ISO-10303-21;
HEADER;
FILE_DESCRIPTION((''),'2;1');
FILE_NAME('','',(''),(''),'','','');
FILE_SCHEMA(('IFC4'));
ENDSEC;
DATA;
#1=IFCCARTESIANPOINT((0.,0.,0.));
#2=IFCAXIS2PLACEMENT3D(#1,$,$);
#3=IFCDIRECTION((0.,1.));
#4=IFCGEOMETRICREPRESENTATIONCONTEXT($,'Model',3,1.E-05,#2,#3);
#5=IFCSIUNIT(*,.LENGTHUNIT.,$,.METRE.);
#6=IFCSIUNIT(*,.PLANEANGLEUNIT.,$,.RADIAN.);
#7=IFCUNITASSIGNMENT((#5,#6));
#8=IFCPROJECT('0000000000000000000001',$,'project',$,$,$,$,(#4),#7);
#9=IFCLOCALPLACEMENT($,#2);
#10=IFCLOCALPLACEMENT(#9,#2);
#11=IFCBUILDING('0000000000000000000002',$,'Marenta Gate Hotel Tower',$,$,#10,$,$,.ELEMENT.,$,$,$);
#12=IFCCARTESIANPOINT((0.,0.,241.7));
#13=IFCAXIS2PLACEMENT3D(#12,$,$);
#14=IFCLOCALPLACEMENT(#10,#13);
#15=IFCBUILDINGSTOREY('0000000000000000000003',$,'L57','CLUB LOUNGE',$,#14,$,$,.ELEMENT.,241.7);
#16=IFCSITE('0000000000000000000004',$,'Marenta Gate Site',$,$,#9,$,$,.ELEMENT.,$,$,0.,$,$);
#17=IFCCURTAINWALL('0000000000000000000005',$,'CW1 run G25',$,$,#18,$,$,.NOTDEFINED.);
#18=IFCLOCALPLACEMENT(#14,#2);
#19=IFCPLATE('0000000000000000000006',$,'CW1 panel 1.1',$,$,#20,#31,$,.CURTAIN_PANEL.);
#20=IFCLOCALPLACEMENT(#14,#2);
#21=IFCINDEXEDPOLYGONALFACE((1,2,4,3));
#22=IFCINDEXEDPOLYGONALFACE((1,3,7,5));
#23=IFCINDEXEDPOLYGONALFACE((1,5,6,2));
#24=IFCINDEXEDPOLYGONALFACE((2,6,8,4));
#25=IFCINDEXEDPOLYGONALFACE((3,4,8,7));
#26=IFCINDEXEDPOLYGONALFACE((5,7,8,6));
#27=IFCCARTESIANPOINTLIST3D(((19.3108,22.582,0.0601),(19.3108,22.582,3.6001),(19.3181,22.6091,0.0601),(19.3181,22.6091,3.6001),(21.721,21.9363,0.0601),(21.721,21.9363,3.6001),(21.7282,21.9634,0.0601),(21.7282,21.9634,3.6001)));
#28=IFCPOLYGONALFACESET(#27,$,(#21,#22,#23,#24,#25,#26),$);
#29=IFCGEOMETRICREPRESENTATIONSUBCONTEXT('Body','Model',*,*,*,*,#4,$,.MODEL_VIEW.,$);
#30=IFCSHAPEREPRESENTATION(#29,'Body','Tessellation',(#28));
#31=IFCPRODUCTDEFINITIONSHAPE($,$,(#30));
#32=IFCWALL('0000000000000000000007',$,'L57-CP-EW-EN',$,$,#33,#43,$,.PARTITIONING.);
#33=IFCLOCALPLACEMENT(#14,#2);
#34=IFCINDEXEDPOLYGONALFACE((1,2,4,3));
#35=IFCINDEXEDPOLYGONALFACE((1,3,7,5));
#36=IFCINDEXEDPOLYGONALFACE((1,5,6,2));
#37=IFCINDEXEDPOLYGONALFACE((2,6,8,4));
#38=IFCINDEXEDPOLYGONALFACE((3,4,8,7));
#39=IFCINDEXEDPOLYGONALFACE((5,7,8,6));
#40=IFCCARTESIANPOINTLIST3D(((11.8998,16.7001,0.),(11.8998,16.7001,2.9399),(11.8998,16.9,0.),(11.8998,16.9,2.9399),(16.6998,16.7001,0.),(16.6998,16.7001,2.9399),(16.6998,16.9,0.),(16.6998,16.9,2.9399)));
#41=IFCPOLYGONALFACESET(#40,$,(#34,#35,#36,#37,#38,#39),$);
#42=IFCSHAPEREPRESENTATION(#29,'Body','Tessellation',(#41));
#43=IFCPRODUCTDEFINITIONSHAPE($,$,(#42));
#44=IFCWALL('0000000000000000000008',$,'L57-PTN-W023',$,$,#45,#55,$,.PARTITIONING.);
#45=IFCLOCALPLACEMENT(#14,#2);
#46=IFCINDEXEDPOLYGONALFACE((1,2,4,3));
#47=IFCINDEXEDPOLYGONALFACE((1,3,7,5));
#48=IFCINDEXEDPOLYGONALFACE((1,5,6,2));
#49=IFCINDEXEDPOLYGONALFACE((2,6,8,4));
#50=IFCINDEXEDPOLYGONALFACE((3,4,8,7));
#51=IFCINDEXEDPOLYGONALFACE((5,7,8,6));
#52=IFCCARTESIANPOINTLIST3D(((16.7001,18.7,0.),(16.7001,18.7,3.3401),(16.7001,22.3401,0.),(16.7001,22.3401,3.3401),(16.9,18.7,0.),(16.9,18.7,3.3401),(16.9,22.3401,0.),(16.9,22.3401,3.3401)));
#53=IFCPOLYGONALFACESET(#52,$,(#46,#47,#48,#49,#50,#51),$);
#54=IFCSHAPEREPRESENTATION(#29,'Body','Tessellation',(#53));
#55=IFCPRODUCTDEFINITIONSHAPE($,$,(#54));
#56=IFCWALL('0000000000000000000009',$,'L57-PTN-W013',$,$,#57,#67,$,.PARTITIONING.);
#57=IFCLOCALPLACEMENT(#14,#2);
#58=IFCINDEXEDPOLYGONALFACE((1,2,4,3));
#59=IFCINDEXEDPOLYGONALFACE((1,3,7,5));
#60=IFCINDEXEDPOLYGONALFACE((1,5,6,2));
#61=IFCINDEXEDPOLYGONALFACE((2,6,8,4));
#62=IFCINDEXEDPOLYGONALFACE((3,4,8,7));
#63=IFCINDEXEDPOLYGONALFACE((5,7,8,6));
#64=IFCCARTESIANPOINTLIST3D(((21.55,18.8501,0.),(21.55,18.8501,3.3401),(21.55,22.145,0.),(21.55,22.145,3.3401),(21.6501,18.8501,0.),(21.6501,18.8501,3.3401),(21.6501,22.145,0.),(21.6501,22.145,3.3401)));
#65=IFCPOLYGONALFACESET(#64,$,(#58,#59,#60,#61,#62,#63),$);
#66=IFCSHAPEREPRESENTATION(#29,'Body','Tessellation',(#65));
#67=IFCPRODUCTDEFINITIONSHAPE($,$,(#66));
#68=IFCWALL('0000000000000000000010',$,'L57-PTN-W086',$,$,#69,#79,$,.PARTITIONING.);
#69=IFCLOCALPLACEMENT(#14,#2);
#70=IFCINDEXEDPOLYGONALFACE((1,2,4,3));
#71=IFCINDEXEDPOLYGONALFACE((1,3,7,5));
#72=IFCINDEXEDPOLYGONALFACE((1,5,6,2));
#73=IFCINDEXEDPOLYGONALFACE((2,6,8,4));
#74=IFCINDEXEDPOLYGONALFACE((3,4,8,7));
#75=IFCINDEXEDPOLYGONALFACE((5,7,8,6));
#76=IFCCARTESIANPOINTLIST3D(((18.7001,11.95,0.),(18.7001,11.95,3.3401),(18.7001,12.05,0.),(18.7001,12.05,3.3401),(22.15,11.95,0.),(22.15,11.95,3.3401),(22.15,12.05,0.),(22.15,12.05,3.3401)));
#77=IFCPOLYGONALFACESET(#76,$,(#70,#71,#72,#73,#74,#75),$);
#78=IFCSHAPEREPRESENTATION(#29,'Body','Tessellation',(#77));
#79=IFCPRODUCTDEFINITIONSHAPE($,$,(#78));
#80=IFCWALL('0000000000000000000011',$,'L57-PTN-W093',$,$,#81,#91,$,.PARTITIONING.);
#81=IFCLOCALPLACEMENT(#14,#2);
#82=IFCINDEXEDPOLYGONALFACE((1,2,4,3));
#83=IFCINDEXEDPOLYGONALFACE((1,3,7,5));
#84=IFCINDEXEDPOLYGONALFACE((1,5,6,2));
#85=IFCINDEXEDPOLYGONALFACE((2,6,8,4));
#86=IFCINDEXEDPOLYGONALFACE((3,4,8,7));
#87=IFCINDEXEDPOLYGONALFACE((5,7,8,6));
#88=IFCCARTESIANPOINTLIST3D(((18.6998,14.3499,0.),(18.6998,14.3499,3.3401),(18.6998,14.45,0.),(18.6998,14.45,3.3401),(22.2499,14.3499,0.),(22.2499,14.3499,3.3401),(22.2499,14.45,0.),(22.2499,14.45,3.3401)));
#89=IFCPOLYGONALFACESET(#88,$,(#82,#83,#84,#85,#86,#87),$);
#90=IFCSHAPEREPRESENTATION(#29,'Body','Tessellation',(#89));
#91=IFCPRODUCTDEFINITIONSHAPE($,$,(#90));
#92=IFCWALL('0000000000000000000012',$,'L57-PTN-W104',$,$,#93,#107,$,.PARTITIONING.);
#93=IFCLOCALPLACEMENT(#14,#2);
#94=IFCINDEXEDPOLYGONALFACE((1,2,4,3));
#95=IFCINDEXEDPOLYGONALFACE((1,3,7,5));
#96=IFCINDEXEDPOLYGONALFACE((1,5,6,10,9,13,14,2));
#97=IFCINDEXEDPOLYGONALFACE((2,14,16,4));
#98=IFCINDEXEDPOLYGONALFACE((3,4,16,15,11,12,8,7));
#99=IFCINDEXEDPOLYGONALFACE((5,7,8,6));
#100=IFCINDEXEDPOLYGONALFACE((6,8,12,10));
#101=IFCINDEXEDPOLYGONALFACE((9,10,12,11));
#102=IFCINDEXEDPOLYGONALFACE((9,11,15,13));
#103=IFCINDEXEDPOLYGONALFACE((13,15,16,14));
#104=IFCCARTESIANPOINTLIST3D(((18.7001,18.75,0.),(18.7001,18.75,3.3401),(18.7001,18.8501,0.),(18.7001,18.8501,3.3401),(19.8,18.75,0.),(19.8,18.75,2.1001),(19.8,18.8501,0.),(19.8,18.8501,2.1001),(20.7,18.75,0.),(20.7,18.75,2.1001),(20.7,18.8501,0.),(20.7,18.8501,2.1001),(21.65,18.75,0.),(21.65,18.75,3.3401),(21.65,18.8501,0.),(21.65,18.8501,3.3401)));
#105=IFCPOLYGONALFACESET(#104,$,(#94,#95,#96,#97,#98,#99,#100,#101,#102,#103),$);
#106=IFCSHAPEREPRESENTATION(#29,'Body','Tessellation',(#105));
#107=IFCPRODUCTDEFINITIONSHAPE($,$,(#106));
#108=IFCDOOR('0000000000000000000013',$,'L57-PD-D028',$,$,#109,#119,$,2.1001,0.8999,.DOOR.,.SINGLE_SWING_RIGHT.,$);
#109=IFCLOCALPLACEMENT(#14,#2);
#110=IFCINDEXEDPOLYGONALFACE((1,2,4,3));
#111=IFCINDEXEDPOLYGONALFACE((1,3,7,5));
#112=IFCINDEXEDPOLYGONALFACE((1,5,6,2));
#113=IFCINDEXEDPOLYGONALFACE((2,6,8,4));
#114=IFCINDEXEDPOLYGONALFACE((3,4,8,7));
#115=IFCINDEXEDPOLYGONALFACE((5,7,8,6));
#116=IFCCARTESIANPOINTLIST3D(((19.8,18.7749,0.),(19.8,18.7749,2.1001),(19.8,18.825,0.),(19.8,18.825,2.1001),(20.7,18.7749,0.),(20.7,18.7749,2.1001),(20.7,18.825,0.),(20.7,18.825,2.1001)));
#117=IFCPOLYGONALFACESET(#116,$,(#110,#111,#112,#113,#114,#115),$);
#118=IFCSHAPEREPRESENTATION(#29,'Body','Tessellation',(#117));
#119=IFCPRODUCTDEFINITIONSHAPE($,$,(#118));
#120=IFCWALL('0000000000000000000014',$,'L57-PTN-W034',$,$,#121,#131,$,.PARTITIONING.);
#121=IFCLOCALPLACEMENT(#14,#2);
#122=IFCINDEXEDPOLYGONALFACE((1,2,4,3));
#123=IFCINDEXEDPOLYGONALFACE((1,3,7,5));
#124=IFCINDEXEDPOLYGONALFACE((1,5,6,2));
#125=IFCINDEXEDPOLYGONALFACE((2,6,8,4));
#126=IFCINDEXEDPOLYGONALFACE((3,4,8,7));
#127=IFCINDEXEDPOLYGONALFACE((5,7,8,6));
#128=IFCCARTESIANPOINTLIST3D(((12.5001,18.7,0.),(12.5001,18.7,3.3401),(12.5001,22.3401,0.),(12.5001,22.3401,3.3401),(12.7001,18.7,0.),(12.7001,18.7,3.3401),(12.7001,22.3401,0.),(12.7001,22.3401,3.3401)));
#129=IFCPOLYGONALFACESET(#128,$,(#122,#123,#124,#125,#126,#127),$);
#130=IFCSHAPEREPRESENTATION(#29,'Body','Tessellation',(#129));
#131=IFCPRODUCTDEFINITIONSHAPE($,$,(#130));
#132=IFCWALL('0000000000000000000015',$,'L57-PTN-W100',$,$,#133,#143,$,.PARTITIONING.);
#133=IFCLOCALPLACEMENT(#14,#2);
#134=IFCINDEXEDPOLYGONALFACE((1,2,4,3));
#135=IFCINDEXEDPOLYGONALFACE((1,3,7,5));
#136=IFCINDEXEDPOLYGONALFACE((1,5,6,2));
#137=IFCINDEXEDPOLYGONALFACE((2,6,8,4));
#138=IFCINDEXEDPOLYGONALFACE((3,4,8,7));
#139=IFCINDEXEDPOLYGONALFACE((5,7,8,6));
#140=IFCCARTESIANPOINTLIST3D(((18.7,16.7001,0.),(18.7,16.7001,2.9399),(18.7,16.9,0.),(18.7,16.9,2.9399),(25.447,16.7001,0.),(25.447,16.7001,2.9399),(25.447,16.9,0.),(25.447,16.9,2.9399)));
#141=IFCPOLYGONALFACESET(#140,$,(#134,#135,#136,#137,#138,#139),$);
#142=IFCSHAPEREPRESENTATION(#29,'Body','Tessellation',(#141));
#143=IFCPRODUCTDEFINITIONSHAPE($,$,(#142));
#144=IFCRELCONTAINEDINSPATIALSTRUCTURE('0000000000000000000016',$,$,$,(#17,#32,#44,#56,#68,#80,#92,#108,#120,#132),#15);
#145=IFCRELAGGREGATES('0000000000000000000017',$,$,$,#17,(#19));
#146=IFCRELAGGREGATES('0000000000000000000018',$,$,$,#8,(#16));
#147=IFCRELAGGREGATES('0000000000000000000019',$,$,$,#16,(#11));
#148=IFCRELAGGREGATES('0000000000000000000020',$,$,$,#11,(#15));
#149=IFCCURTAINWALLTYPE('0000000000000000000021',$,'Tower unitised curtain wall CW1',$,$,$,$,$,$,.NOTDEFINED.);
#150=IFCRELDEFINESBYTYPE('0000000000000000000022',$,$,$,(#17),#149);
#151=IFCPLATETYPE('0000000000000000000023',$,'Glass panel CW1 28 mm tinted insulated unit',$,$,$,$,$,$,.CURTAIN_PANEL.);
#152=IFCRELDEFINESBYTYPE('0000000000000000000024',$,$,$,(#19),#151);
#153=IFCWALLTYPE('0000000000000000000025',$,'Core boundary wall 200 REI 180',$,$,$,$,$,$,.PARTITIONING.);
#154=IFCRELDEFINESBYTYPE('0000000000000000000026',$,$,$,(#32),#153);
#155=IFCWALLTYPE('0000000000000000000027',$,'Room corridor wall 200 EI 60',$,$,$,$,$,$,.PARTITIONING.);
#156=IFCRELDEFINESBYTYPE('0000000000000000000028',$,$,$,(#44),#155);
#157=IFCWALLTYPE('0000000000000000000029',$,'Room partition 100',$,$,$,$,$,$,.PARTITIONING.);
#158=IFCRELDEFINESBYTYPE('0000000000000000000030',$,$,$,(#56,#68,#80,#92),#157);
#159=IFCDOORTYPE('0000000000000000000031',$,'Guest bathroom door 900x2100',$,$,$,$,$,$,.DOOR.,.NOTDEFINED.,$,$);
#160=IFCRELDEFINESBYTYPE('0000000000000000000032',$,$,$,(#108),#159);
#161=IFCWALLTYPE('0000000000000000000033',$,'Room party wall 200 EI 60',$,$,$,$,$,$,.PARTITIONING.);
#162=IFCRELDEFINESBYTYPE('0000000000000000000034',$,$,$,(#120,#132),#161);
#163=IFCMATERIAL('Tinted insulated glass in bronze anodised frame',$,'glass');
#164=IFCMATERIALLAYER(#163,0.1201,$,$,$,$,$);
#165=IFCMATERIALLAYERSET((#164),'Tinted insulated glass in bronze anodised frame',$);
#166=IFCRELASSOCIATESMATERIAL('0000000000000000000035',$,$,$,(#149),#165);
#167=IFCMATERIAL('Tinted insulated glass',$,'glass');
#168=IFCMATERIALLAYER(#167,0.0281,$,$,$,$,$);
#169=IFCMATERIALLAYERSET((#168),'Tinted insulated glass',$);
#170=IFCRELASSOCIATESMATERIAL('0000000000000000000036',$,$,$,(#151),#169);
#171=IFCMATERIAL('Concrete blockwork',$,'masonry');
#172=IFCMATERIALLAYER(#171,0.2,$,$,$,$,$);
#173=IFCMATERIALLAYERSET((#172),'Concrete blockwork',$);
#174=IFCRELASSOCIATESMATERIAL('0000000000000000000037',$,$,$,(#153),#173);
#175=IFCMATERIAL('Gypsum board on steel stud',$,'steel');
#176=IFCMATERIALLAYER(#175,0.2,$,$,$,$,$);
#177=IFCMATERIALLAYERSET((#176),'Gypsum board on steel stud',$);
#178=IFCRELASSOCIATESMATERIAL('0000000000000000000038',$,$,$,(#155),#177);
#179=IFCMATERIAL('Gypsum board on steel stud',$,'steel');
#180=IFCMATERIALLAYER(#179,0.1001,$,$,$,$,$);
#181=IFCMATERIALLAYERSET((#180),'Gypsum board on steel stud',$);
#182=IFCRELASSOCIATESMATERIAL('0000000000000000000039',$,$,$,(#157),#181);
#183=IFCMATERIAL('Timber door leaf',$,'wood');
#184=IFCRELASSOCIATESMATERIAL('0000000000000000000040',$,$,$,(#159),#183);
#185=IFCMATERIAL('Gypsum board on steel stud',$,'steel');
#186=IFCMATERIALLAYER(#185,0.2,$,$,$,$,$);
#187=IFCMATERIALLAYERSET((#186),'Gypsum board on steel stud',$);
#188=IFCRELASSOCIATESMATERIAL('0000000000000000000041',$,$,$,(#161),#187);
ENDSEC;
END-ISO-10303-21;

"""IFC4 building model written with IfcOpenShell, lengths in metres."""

from ifc_helpers import new_model, si_unit, direction, frame, frame_2d, origin, origin_2d, place, context, subcontext, project, spatial, rectangle, extrude, material, layer, layer_set, type_object, element, fill, aggregate, save


model = new_model("IFC4")

# Units and contexts
model_context = context("Model", 3, precision=1e-05, world=origin(), true_north=direction((0.0, 1.0)))
body_context = subcontext(model_context, "Body", "Model", "MODEL_VIEW")
ifc_project = project(units=[si_unit("LENGTHUNIT", "METRE"), si_unit("PLANEANGLEUNIT", "RADIAN")], contexts=[model_context])

# Site, building, storey
site_placement = place(None, origin())
site = spatial("IfcSite", under=ifc_project, at=site_placement, Name="Marenta Gate Site", CompositionType="ELEMENT", RefElevation=0.0)
building_placement = place(site_placement, origin())
building = spatial("IfcBuilding", under=site, at=building_placement, Name="Marenta Gate Hotel Tower", CompositionType="ELEMENT")
storey_placement = place(building_placement, frame((0.0, 0.0, 241.7)))
storey = spatial("IfcBuildingStorey", under=building, at=storey_placement, Name="L57", Description="CLUB LOUNGE", CompositionType="ELEMENT", Elevation=241.7)

# Curtain wall, plate
ifc_material_1 = material(Name="Tinted insulated glass in bronze anodised frame", Category="glass")
ifc_layer_1 = layer(ifc_material_1, 0.1201)
ifc_layer_set_1 = layer_set([ifc_layer_1], Name="Tinted insulated glass in bronze anodised frame")
curtain_wall_type = type_object("IfcCurtainWallType", Name="Tower unitised curtain wall CW1", PredefinedType="NOTDEFINED", material=ifc_layer_set_1)
curtain_wall_placement = place(storey_placement, origin())
curtain_wall = element("IfcCurtainWall", 1, at=curtain_wall_placement, inside=storey, type_object=curtain_wall_type, Name="CW1 run G25", PredefinedType="NOTDEFINED")
ifc_material_2 = material(Name="Tinted insulated glass", Category="glass")
ifc_layer_2 = layer(ifc_material_2, 0.0281)
ifc_layer_set_2 = layer_set([ifc_layer_2], Name="Tinted insulated glass")
plate_type = type_object("IfcPlateType", Name="Glass panel CW1 28 mm tinted insulated unit", PredefinedType="CURTAIN_PANEL", material=ifc_layer_set_2)
plate_placement = place(storey_placement, frame((20.5195, 22.2727, 0.0601), z_axis=(0.0, 0.0, 1.0), x_axis=(-0.96593, 0.258805, 0.0)))
plate = element("IfcPlate", 2, at=plate_placement, type_object=plate_type, Name="CW1 panel 1.1", PredefinedType="CURTAIN_PANEL", context=body_context, shape_type="SweptSolid", body=[
    extrude(rectangle(XDim=2.4951, YDim=0.0281, at=origin_2d()), origin(), (0.0, 0.0, 1.0), 3.54),
])
aggregate(curtain_wall, [plate])

# Walls
ifc_material_3 = material(Name="Concrete blockwork", Category="masonry")
ifc_layer_3 = layer(ifc_material_3, 0.2)
ifc_layer_set_3 = layer_set([ifc_layer_3], Name="Concrete blockwork")
wall_type_1 = type_object("IfcWallType", Name="Core boundary wall 200 REI 180", PredefinedType="PARTITIONING", material=ifc_layer_set_3)
wall_1_placement = place(storey_placement, frame((11.8999, 16.8, 0.0), z_axis=(0.0, 0.0, 1.0), x_axis=(1.0, 0.0, 0.0)))
element("IfcWall", 3, at=wall_1_placement, inside=storey, type_object=wall_type_1, Name="L57-CP-EW-EN", PredefinedType="PARTITIONING", context=body_context, shape_type="SweptSolid", body=[
    extrude(rectangle(XDim=4.8, YDim=0.2, at=frame_2d((2.3999, 0.0))), origin(), (0.0, 0.0, 1.0), 2.9399),
])
ifc_material_4 = material(Name="Gypsum board on steel stud", Category="steel")
ifc_layer_4 = layer(ifc_material_4, 0.2)
ifc_layer_set_4 = layer_set([ifc_layer_4], Name="Gypsum board on steel stud")
wall_type_2 = type_object("IfcWallType", Name="Room corridor wall 200 EI 60", PredefinedType="PARTITIONING", material=ifc_layer_set_4)
wall_2_placement = place(storey_placement, frame((16.8, 18.7, 0.0), z_axis=(0.0, 0.0, 1.0), x_axis=(0.0, 1.0, 0.0)))
element("IfcWall", 4, at=wall_2_placement, inside=storey, type_object=wall_type_2, Name="L57-PTN-W023", PredefinedType="PARTITIONING", context=body_context, shape_type="SweptSolid", body=[
    extrude(rectangle(XDim=3.6401, YDim=0.2, at=frame_2d((1.8201, 0.0))), origin(), (0.0, 0.0, 1.0), 3.3401),
])
ifc_material_5 = material(Name="Gypsum board on steel stud", Category="steel")
ifc_layer_5 = layer(ifc_material_5, 0.1001)
ifc_layer_set_5 = layer_set([ifc_layer_5], Name="Gypsum board on steel stud")
wall_type_3 = type_object("IfcWallType", Name="Room partition 100", PredefinedType="PARTITIONING", material=ifc_layer_set_5)
wall_3_placement = place(storey_placement, frame((21.6001, 18.8501, 0.0), z_axis=(0.0, 0.0, 1.0), x_axis=(0.0, 1.0, 0.0)))
element("IfcWall", 5, at=wall_3_placement, inside=storey, type_object=wall_type_3, Name="L57-PTN-W013", PredefinedType="PARTITIONING", context=body_context, shape_type="SweptSolid", body=[
    extrude(rectangle(XDim=3.2949, YDim=0.1001, at=frame_2d((1.6475, 0.0))), origin(), (0.0, 0.0, 1.0), 3.3401),
])
wall_4_placement = place(storey_placement, frame((18.7, 12.0, 0.0), z_axis=(0.0, 0.0, 1.0), x_axis=(1.0, 0.0, 0.0)))
element("IfcWall", 6, at=wall_4_placement, inside=storey, type_object=wall_type_3, Name="L57-PTN-W086", PredefinedType="PARTITIONING", context=body_context, shape_type="SweptSolid", body=[
    extrude(rectangle(XDim=3.45, YDim=0.1001, at=frame_2d((1.7251, 0.0))), origin(), (0.0, 0.0, 1.0), 3.3401),
])
wall_5_placement = place(storey_placement, frame((18.7, 14.3999, 0.0), z_axis=(0.0, 0.0, 1.0), x_axis=(1.0, 0.0, 0.0)))
element("IfcWall", 7, at=wall_5_placement, inside=storey, type_object=wall_type_3, Name="L57-PTN-W093", PredefinedType="PARTITIONING", context=body_context, shape_type="SweptSolid", body=[
    extrude(rectangle(XDim=3.55, YDim=0.1001, at=frame_2d((1.7749, 0.0))), origin(), (0.0, 0.0, 1.0), 3.3401),
])

# Wall, opening, door
wall_6_placement = place(storey_placement, frame((18.7, 18.8, 0.0), z_axis=(0.0, 0.0, 1.0), x_axis=(1.0, 0.0, 0.0)))
wall_6 = element("IfcWall", 8, at=wall_6_placement, inside=storey, type_object=wall_type_3, Name="L57-PTN-W104", PredefinedType="PARTITIONING", context=body_context, shape_type="SweptSolid", body=[
    extrude(rectangle(XDim=2.95, YDim=0.1001, at=frame_2d((1.4751, 0.0))), origin(), (0.0, 0.0, 1.0), 3.3401),
])
opening_1_placement = place(wall_6_placement, frame((1.1001, 0.0, 0.0)))
opening_1 = element("IfcOpeningElement", 9, at=opening_1_placement, cuts=wall_6, PredefinedType="OPENING", context=body_context, shape_type="SweptSolid", body=[
    extrude(rectangle(XDim=0.8999, YDim=2.1001, at=frame_2d((0.45, 1.05))), frame((0.0, 0.05, 0.0), z_axis=(0.0, -1.0, 0.0), x_axis=(1.0, 0.0, 0.0)), (0.0, 0.0, 1.0), 0.1001),
])
ifc_material_6 = material(Name="Timber door leaf", Category="wood")
door_type = type_object("IfcDoorType", Name="Guest bathroom door 900x2100", OperationType="NOTDEFINED", PredefinedType="DOOR", material=ifc_material_6)
door_placement = place(opening_1_placement, origin())
door = element("IfcDoor", 10, at=door_placement, inside=storey, type_object=door_type, Name="L57-PD-D028", OperationType="SINGLE_SWING_RIGHT", OverallHeight=2.1001, OverallWidth=0.8999, PredefinedType="DOOR", context=body_context, shape_type="SweptSolid", body=[
    extrude(rectangle(XDim=0.8999, YDim=2.1001, at=frame_2d((0.45, 1.05))), frame((0.0, 0.0249, 0.0), z_axis=(0.0, -1.0, 0.0), x_axis=(1.0, 0.0, 0.0)), (0.0, 0.0, 1.0), 0.05),
])
fill(opening_1, door)

# Walls
ifc_material_7 = material(Name="Gypsum board on steel stud", Category="steel")
ifc_layer_6 = layer(ifc_material_7, 0.2)
ifc_layer_set_6 = layer_set([ifc_layer_6], Name="Gypsum board on steel stud")
wall_type_4 = type_object("IfcWallType", Name="Room party wall 200 EI 60", PredefinedType="PARTITIONING", material=ifc_layer_set_6)
wall_7_placement = place(storey_placement, frame((12.6001, 18.7, 0.0), z_axis=(0.0, 0.0, 1.0), x_axis=(0.0, 1.0, 0.0)))
element("IfcWall", 11, at=wall_7_placement, inside=storey, type_object=wall_type_4, Name="L57-PTN-W034", PredefinedType="PARTITIONING", context=body_context, shape_type="SweptSolid", body=[
    extrude(rectangle(XDim=3.6401, YDim=0.2, at=frame_2d((1.8201, 0.0))), origin(), (0.0, 0.0, 1.0), 3.3401),
])
wall_8_placement = place(storey_placement, frame((18.7, 16.8, 0.0), z_axis=(0.0, 0.0, 1.0), x_axis=(1.0, 0.0, 0.0)))
element("IfcWall", 12, at=wall_8_placement, inside=storey, type_object=wall_type_4, Name="L57-PTN-W100", PredefinedType="PARTITIONING", context=body_context, shape_type="SweptSolid", body=[
    extrude(rectangle(XDim=6.7471, YDim=0.2, at=frame_2d((3.3735, 0.0))), origin(), (0.0, 0.0, 1.0), 2.9399),
])

save(model, "model.ifc")
